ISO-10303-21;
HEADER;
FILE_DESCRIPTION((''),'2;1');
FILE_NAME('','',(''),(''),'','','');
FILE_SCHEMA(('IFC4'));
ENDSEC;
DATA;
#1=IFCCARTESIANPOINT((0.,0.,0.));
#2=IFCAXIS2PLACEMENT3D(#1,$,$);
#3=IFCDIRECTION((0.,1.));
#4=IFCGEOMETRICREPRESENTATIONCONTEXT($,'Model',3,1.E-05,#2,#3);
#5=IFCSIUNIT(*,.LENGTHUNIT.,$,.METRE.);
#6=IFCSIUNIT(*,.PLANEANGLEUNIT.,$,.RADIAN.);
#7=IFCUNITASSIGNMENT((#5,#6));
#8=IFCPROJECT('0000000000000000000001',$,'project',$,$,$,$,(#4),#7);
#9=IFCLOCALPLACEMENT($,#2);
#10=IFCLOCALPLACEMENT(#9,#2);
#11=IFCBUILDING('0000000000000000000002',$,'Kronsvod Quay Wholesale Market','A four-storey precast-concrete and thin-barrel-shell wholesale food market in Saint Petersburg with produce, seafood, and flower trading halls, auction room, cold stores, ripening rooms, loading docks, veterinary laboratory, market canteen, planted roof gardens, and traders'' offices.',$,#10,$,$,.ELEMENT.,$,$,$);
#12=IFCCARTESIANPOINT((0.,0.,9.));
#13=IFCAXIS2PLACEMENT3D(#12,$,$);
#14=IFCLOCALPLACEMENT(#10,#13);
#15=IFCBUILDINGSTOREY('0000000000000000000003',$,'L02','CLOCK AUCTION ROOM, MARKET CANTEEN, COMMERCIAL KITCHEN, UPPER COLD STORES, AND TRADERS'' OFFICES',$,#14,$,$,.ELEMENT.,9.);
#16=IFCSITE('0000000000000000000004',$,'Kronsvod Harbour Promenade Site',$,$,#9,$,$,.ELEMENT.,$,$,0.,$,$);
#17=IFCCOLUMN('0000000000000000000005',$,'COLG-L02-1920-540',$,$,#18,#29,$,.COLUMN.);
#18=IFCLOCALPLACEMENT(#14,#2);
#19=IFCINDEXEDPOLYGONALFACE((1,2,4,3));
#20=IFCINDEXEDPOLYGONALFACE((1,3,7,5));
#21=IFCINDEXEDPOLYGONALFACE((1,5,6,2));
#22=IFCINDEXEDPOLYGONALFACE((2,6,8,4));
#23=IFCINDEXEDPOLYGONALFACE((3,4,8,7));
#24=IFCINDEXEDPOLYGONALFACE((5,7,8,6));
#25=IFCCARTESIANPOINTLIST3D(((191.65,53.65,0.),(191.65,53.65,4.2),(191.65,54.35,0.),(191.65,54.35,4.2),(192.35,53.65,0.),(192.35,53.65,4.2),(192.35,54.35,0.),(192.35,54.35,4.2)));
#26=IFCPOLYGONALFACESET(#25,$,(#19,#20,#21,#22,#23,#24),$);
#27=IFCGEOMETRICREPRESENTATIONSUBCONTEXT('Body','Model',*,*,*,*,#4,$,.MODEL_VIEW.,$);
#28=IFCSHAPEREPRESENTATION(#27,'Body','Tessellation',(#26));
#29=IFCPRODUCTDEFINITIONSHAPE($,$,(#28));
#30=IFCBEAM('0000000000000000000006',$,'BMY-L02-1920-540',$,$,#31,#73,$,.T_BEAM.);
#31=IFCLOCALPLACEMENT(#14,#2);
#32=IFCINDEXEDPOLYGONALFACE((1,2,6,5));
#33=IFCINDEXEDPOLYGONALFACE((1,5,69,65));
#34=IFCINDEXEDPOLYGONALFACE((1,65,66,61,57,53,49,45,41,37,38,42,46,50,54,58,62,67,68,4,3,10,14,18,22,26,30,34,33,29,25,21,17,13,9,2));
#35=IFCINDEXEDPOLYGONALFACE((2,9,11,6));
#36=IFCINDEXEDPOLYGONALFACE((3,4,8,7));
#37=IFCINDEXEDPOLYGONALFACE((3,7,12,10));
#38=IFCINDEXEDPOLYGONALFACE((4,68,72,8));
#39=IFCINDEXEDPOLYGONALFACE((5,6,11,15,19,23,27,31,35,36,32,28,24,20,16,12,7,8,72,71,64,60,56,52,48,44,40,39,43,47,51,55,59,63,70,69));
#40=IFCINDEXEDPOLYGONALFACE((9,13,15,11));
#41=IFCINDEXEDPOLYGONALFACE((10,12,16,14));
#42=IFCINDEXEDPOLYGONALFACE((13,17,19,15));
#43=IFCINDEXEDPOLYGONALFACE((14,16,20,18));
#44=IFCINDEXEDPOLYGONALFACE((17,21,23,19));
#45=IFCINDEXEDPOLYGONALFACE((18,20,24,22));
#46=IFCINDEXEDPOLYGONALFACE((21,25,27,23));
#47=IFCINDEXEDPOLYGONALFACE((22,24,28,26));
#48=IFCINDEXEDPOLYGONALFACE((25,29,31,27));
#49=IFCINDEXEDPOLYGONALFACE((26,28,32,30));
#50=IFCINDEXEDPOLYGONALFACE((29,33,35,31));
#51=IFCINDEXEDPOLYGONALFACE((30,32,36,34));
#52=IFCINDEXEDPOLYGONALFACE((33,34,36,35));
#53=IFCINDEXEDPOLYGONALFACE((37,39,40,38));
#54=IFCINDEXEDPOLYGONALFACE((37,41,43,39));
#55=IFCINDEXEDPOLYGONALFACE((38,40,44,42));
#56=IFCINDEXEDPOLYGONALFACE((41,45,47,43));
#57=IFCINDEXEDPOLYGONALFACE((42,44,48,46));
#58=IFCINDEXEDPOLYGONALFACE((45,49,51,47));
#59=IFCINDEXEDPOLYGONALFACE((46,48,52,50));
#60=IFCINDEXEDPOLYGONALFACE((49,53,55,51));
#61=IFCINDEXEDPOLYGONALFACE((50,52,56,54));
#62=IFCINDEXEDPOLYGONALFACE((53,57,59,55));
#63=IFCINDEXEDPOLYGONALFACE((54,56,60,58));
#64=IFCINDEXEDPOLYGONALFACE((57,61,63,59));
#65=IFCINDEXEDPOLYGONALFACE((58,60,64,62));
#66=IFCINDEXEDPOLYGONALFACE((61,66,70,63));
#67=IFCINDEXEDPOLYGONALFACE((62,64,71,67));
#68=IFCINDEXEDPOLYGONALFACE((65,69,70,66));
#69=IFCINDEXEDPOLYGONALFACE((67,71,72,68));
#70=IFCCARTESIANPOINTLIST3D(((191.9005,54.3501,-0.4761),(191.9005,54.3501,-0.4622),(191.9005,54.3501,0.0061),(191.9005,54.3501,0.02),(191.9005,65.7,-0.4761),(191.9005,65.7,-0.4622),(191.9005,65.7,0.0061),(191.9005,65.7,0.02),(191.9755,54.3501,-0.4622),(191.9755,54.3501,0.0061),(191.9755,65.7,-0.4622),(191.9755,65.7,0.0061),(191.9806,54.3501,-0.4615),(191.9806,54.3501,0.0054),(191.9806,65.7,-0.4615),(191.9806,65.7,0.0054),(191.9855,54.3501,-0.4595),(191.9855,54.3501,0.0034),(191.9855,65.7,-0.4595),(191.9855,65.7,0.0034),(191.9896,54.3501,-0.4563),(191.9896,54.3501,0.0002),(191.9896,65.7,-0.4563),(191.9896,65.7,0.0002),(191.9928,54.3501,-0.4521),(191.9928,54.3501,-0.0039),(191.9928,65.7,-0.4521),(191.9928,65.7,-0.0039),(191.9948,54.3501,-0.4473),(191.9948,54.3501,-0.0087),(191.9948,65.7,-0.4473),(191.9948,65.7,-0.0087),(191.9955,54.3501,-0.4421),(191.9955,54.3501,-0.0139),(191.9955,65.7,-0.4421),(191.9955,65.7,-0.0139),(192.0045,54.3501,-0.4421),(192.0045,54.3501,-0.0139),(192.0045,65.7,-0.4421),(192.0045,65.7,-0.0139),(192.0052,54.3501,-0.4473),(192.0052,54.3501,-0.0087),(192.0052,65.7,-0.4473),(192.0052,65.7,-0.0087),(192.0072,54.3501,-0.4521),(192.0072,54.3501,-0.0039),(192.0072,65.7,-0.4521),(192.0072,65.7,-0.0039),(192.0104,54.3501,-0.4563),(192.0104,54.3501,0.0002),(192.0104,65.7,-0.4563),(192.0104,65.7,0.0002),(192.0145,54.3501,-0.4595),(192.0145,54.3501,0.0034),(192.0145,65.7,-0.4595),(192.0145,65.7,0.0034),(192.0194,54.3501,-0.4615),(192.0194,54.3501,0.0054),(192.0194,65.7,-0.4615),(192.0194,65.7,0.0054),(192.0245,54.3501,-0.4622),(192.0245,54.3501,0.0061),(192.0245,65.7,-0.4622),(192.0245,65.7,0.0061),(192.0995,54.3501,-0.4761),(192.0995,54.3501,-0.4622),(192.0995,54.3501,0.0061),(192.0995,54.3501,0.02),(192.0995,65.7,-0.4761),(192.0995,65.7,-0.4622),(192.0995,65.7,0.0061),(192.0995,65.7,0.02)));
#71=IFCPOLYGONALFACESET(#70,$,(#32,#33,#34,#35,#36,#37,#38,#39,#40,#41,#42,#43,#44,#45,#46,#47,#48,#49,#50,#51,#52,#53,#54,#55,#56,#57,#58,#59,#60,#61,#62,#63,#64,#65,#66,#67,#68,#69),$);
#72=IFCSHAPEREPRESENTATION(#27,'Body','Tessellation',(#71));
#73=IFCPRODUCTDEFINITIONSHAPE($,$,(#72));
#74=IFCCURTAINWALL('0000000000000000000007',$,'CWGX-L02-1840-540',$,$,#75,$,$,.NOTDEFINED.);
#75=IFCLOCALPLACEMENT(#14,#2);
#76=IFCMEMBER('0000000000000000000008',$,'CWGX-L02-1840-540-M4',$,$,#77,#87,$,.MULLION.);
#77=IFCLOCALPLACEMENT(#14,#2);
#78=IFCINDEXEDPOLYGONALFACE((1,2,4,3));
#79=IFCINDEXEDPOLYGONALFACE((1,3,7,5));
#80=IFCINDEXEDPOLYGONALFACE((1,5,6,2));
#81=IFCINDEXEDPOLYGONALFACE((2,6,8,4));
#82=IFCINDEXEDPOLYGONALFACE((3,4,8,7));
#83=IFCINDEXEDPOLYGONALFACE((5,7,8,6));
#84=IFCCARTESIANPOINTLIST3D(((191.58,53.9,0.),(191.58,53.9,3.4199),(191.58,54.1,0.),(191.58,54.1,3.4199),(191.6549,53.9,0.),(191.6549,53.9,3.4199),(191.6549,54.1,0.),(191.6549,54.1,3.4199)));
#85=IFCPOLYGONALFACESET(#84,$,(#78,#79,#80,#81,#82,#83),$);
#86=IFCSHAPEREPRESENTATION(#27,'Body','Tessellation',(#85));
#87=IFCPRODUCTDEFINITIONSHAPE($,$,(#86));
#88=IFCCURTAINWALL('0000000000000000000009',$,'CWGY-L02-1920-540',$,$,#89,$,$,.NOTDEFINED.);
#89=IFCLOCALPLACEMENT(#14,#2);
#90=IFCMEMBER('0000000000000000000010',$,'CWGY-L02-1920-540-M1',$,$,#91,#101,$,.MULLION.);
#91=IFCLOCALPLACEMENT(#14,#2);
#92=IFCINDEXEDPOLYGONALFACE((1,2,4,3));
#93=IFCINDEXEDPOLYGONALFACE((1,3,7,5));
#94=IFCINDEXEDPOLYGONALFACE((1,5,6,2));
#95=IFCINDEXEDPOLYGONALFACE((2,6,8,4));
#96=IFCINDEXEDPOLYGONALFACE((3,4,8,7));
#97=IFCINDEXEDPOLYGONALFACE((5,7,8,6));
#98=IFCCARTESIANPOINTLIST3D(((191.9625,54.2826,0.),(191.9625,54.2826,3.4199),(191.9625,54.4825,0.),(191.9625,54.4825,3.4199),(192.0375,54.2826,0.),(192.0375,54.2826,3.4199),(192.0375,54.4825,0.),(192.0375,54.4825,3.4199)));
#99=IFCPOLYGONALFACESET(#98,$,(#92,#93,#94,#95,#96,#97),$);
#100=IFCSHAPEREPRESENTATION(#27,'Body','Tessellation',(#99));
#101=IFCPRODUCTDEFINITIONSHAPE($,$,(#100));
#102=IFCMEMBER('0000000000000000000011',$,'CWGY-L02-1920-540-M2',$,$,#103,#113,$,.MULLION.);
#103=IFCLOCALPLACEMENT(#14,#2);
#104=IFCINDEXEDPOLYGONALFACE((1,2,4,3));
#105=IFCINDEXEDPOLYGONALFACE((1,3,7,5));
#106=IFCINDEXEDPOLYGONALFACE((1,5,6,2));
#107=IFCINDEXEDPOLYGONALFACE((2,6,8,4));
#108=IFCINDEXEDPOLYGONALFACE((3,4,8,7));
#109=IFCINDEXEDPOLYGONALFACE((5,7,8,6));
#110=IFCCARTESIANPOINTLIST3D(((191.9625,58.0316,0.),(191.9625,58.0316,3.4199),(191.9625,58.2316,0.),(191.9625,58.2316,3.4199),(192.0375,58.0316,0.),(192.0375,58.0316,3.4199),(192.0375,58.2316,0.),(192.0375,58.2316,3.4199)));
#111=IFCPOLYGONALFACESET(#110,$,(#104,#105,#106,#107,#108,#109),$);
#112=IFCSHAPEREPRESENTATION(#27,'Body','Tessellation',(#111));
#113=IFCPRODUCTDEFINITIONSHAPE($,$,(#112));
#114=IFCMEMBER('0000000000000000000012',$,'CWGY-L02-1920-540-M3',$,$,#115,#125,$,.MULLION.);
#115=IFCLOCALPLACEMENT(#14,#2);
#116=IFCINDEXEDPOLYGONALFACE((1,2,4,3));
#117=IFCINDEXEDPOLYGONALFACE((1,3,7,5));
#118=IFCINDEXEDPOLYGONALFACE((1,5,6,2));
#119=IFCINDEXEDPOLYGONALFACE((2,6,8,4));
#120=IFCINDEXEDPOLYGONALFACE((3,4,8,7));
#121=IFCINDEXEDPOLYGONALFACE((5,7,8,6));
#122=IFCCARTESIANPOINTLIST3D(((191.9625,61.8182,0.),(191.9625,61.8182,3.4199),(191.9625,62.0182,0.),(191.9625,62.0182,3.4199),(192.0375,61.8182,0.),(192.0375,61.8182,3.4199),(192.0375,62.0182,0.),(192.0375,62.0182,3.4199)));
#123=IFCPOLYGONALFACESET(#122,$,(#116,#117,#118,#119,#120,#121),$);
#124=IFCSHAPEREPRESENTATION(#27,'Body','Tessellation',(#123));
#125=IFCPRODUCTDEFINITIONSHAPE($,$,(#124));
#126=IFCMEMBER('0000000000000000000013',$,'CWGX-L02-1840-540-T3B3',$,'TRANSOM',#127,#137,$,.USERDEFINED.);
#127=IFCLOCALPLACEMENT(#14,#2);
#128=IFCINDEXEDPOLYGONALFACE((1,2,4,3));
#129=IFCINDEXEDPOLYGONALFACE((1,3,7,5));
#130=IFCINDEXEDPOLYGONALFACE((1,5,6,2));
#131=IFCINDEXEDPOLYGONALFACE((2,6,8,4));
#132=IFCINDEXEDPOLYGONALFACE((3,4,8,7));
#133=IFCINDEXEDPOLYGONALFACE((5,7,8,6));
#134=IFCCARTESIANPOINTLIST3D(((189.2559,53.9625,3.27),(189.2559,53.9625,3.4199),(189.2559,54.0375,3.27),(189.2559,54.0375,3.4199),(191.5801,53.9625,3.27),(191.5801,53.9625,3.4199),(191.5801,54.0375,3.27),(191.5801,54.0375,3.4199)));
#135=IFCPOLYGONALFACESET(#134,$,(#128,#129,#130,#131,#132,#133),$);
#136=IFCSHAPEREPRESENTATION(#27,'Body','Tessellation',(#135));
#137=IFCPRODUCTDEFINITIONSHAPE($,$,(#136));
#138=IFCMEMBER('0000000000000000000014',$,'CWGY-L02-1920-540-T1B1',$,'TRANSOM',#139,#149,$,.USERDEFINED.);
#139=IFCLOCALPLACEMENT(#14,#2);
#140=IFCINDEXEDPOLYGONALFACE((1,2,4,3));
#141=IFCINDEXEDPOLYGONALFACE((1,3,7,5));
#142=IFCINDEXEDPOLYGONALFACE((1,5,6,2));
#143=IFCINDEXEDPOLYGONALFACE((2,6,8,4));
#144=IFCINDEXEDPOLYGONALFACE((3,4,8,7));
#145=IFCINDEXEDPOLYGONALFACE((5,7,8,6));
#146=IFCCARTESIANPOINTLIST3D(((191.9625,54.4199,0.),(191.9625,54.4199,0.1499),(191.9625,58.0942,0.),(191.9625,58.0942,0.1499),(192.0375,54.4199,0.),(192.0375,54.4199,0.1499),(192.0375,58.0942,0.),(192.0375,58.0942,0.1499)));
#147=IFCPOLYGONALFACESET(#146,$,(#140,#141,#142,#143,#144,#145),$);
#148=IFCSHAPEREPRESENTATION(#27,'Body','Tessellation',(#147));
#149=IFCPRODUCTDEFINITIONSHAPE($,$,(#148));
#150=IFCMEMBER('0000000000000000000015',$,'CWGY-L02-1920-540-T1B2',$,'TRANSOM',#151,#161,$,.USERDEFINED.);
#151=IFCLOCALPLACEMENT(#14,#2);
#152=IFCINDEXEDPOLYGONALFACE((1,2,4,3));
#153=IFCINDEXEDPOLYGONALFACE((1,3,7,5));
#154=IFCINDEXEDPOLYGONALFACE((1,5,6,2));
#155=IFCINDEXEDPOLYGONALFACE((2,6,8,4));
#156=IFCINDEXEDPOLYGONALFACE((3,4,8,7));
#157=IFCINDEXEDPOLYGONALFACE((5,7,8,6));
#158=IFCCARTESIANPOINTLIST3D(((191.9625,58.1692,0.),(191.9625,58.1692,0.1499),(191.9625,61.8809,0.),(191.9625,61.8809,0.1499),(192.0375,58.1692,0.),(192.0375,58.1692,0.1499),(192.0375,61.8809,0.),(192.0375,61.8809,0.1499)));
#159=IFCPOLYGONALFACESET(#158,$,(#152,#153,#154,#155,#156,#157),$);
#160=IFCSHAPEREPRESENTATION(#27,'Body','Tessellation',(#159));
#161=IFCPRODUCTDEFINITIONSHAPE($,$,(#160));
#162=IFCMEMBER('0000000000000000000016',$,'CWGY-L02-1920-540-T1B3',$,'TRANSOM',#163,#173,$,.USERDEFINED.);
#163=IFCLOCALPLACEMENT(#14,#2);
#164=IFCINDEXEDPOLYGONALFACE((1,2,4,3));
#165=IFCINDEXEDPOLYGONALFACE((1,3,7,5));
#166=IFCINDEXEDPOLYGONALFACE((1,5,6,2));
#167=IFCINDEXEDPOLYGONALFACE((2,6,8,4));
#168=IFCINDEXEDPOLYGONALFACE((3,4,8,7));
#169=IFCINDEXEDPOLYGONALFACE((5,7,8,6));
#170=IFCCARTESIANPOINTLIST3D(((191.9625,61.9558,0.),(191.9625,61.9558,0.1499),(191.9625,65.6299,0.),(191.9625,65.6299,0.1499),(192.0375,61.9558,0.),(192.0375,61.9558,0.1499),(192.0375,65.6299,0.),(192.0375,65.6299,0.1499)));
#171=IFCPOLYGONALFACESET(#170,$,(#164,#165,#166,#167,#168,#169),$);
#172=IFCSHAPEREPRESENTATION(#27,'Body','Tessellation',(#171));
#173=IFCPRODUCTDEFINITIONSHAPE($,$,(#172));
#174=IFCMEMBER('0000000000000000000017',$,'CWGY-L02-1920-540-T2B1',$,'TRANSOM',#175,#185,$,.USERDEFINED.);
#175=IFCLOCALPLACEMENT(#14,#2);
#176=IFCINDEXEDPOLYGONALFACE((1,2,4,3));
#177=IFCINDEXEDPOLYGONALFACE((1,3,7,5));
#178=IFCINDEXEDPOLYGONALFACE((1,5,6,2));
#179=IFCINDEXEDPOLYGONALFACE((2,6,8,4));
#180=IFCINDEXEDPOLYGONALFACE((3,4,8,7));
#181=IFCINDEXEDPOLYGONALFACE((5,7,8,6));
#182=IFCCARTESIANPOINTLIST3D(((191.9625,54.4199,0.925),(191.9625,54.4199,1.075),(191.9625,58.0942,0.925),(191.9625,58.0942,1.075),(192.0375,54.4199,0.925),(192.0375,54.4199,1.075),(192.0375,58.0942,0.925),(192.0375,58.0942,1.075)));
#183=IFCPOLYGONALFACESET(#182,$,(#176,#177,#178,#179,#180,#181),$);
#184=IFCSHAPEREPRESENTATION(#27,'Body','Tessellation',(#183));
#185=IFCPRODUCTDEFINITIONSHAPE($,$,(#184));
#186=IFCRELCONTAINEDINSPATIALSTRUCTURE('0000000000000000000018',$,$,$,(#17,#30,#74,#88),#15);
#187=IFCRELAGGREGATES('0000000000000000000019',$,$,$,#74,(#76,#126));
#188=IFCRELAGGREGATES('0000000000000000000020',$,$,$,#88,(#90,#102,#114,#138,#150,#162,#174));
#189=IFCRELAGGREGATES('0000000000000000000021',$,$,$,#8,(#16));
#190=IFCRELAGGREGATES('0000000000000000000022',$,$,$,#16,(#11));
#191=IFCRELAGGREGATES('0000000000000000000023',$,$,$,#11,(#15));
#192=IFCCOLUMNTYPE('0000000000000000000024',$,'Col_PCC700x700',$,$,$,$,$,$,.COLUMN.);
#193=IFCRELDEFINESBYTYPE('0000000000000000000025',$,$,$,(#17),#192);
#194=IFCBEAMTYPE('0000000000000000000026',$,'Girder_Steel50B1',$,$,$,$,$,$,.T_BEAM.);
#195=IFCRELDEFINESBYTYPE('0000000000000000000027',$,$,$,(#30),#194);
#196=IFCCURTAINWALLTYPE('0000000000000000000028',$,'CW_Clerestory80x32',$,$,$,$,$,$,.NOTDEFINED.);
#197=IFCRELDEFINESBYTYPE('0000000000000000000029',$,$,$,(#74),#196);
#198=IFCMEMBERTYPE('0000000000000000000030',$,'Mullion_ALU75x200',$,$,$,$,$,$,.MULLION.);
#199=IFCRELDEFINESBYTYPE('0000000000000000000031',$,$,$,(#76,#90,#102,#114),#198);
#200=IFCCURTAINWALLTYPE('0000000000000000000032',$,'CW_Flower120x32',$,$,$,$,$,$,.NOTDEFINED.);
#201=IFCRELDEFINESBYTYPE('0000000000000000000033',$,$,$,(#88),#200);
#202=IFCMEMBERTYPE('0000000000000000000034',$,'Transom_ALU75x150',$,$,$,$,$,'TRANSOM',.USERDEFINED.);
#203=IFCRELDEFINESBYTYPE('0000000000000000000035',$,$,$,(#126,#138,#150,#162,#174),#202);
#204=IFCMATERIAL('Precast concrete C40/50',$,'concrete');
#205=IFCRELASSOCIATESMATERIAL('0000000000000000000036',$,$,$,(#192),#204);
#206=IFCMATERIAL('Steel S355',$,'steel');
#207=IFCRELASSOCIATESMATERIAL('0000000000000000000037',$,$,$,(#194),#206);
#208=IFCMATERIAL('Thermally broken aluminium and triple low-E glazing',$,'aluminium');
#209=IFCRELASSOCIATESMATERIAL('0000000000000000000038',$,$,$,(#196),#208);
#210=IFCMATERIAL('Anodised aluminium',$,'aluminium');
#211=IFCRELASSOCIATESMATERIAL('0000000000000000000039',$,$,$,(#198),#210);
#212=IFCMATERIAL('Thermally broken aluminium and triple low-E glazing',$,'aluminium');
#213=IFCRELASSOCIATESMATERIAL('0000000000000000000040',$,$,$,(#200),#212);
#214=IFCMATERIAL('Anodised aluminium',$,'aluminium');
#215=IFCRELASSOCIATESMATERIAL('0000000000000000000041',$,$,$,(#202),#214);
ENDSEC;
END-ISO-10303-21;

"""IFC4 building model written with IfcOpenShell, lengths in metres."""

from ifc_helpers import new_model, si_unit, direction, frame, origin, origin_2d, place, context, subcontext, project, spatial, rectangle, i_section, extrude, material, material_profile, profile_set, type_object, element, aggregate, save


model = new_model("IFC4")

# Units and contexts
model_context = context("Model", 3, precision=1e-05, world=origin(), true_north=direction((0.0, 1.0)))
body_context = subcontext(model_context, "Body", "Model", "MODEL_VIEW")
ifc_project = project(units=[si_unit("LENGTHUNIT", "METRE"), si_unit("PLANEANGLEUNIT", "RADIAN")], contexts=[model_context])

# Site, building, storey
site_placement = place(None, origin())
site = spatial("IfcSite", under=ifc_project, at=site_placement, Name="Kronsvod Harbour Promenade Site", CompositionType="ELEMENT", RefElevation=0.0)
building_placement = place(site_placement, origin())
building = spatial("IfcBuilding", under=site, at=building_placement, Name="Kronsvod Quay Wholesale Market", Description="A four-storey precast-concrete and thin-barrel-shell wholesale food market in Saint Petersburg with produce, seafood, and flower trading halls, auction room, cold stores, ripening rooms, loading docks, veterinary laboratory, market canteen, planted roof gardens, and traders' offices.", CompositionType="ELEMENT")
storey_placement = place(building_placement, frame((0.0, 0.0, 9.0)))
storey = spatial("IfcBuildingStorey", under=building, at=storey_placement, Name="L02", Description="CLOCK AUCTION ROOM, MARKET CANTEEN, COMMERCIAL KITCHEN, UPPER COLD STORES, AND TRADERS' OFFICES", CompositionType="ELEMENT", Elevation=9.0)

# Column
ifc_material_1 = material(Name="Precast concrete C40/50", Category="concrete")
ifc_material_profile_1 = material_profile(ifc_material_1, rectangle(XDim=0.7, YDim=0.7, at=origin_2d()), Name="PCC700x700")
ifc_profile_set_1 = profile_set([ifc_material_profile_1], Name="Precast concrete C40/50")
column_type = type_object("IfcColumnType", Name="Col_PCC700x700", PredefinedType="COLUMN", material=ifc_profile_set_1)
column_placement = place(storey_placement, frame((192.0, 54.0, 0.0), z_axis=(0.0, 0.0, 1.0), x_axis=(1.0, 0.0, 0.0)))
element("IfcColumn", 1, at=column_placement, inside=storey, type_object=column_type, Name="COLG-L02-1920-540", PredefinedType="COLUMN", context=body_context, shape_type="SweptSolid", body=[
    extrude(rectangle(XDim=0.7, YDim=0.7, at=origin_2d()), origin(), (0.0, 0.0, 1.0), 4.2),
])

# Beam
ifc_material_2 = material(Name="Steel S355", Category="steel")
ifc_material_profile_2 = material_profile(ifc_material_2, i_section(OverallWidth=0.199, OverallDepth=0.4961, WebThickness=0.009, FlangeThickness=0.0139, FilletRadius=0.02, at=origin_2d()), Name="50B1")
ifc_profile_set_2 = profile_set([ifc_material_profile_2], Name="Steel S355")
beam_type = type_object("IfcBeamType", Name="Girder_Steel50B1", PredefinedType="T_BEAM", material=ifc_profile_set_2)
beam_placement = place(storey_placement, frame((192.0, 54.3501, -0.228), z_axis=(0.0, 1.0, 0.0), x_axis=(-1.0, 0.0, 0.0)))
element("IfcBeam", 2, at=beam_placement, inside=storey, type_object=beam_type, Name="BMY-L02-1920-540", PredefinedType="T_BEAM", context=body_context, shape_type="SweptSolid", body=[
    extrude(i_section(OverallWidth=0.199, OverallDepth=0.4961, WebThickness=0.009, FlangeThickness=0.0139, FilletRadius=0.02, at=origin_2d()), origin(), (0.0, 0.0, 1.0), 11.3499),
])

# Curtain wall, member
ifc_material_3 = material(Name="Thermally broken aluminium and triple low-E glazing", Category="aluminium")
curtain_wall_type_1 = type_object("IfcCurtainWallType", Name="CW_Clerestory80x32", PredefinedType="NOTDEFINED", material=ifc_material_3)
curtain_wall_1_placement = place(storey_placement, origin())
curtain_wall_1 = element("IfcCurtainWall", 3, at=curtain_wall_1_placement, inside=storey, type_object=curtain_wall_type_1, Name="CWGX-L02-1840-540", PredefinedType="NOTDEFINED")
ifc_material_4 = material(Name="Anodised aluminium", Category="aluminium")
ifc_material_profile_3 = material_profile(ifc_material_4, rectangle(XDim=0.075, YDim=0.2, at=origin_2d()), Name="ALUM75x200")
ifc_profile_set_3 = profile_set([ifc_material_profile_3], Name="Anodised aluminium")
member_type_1 = type_object("IfcMemberType", Name="Mullion_ALU75x200", PredefinedType="MULLION", material=ifc_profile_set_3)
member_1_placement = place(storey_placement, frame((191.6174, 54.0, 0.0), z_axis=(0.0, 0.0, 1.0), x_axis=(1.0, 0.0, 0.0)))
member_1 = element("IfcMember", 4, at=member_1_placement, type_object=member_type_1, Name="CWGX-L02-1840-540-M4", PredefinedType="MULLION", context=body_context, shape_type="SweptSolid", body=[
    extrude(rectangle(XDim=0.075, YDim=0.2, at=origin_2d()), origin(), (0.0, 0.0, 1.0), 3.4199),
])

# Curtain wall, members
ifc_material_5 = material(Name="Thermally broken aluminium and triple low-E glazing", Category="aluminium")
curtain_wall_type_2 = type_object("IfcCurtainWallType", Name="CW_Flower120x32", PredefinedType="NOTDEFINED", material=ifc_material_5)
curtain_wall_2_placement = place(storey_placement, origin())
curtain_wall_2 = element("IfcCurtainWall", 5, at=curtain_wall_2_placement, inside=storey, type_object=curtain_wall_type_2, Name="CWGY-L02-1920-540", PredefinedType="NOTDEFINED")
member_2_placement = place(storey_placement, frame((192.0, 54.3826, 0.0), z_axis=(0.0, 0.0, 1.0), x_axis=(1.0, 0.0, 0.0)))
member_2 = element("IfcMember", 6, at=member_2_placement, type_object=member_type_1, Name="CWGY-L02-1920-540-M1", PredefinedType="MULLION", context=body_context, shape_type="SweptSolid", body=[
    extrude(rectangle(XDim=0.075, YDim=0.2, at=origin_2d()), origin(), (0.0, 0.0, 1.0), 3.4199),
])
member_3_placement = place(storey_placement, frame((192.0, 58.1316, 0.0), z_axis=(0.0, 0.0, 1.0), x_axis=(1.0, 0.0, 0.0)))
member_3 = element("IfcMember", 7, at=member_3_placement, type_object=member_type_1, Name="CWGY-L02-1920-540-M2", PredefinedType="MULLION", context=body_context, shape_type="SweptSolid", body=[
    extrude(rectangle(XDim=0.075, YDim=0.2, at=origin_2d()), origin(), (0.0, 0.0, 1.0), 3.4199),
])
member_4_placement = place(storey_placement, frame((192.0, 61.9182, 0.0), z_axis=(0.0, 0.0, 1.0), x_axis=(1.0, 0.0, 0.0)))
member_4 = element("IfcMember", 8, at=member_4_placement, type_object=member_type_1, Name="CWGY-L02-1920-540-M3", PredefinedType="MULLION", context=body_context, shape_type="SweptSolid", body=[
    extrude(rectangle(XDim=0.075, YDim=0.2, at=origin_2d()), origin(), (0.0, 0.0, 1.0), 3.4199),
])

# Members
ifc_material_6 = material(Name="Anodised aluminium", Category="aluminium")
ifc_material_profile_4 = material_profile(ifc_material_6, rectangle(XDim=0.075, YDim=0.1499, at=origin_2d()), Name="ALUT75x150")
ifc_profile_set_4 = profile_set([ifc_material_profile_4], Name="Anodised aluminium")
member_type_2 = type_object("IfcMemberType", Name="Transom_ALU75x150", ElementType="TRANSOM", PredefinedType="USERDEFINED", material=ifc_profile_set_4)
member_5_placement = place(storey_placement, frame((189.2559, 54.0, 3.345), z_axis=(1.0, 0.0, 0.0), x_axis=(0.0, 1.0, 0.0)))
member_5 = element("IfcMember", 9, at=member_5_placement, type_object=member_type_2, Name="CWGX-L02-1840-540-T3B3", ObjectType="TRANSOM", PredefinedType="USERDEFINED", context=body_context, shape_type="SweptSolid", body=[
    extrude(rectangle(XDim=0.075, YDim=0.1499, at=origin_2d()), origin(), (0.0, 0.0, 1.0), 2.3242),
])
member_6_placement = place(storey_placement, frame((192.0, 54.4199, 0.075), z_axis=(0.0, 1.0, 0.0), x_axis=(-1.0, 0.0, 0.0)))
member_6 = element("IfcMember", 10, at=member_6_placement, type_object=member_type_2, Name="CWGY-L02-1920-540-T1B1", ObjectType="TRANSOM", PredefinedType="USERDEFINED", context=body_context, shape_type="SweptSolid", body=[
    extrude(rectangle(XDim=0.075, YDim=0.1499, at=origin_2d()), origin(), (0.0, 0.0, 1.0), 3.6743),
])
member_7_placement = place(storey_placement, frame((192.0, 58.1692, 0.075), z_axis=(0.0, 1.0, 0.0), x_axis=(-1.0, 0.0, 0.0)))
member_7 = element("IfcMember", 11, at=member_7_placement, type_object=member_type_2, Name="CWGY-L02-1920-540-T1B2", ObjectType="TRANSOM", PredefinedType="USERDEFINED", context=body_context, shape_type="SweptSolid", body=[
    extrude(rectangle(XDim=0.075, YDim=0.1499, at=origin_2d()), origin(), (0.0, 0.0, 1.0), 3.7117),
])
member_8_placement = place(storey_placement, frame((192.0, 61.9558, 0.075), z_axis=(0.0, 1.0, 0.0), x_axis=(-1.0, 0.0, 0.0)))
member_8 = element("IfcMember", 12, at=member_8_placement, type_object=member_type_2, Name="CWGY-L02-1920-540-T1B3", ObjectType="TRANSOM", PredefinedType="USERDEFINED", context=body_context, shape_type="SweptSolid", body=[
    extrude(rectangle(XDim=0.075, YDim=0.1499, at=origin_2d()), origin(), (0.0, 0.0, 1.0), 3.6741),
])
member_9_placement = place(storey_placement, frame((192.0, 54.4199, 1.0), z_axis=(0.0, 1.0, 0.0), x_axis=(-1.0, 0.0, 0.0)))
member_9 = element("IfcMember", 13, at=member_9_placement, type_object=member_type_2, Name="CWGY-L02-1920-540-T2B1", ObjectType="TRANSOM", PredefinedType="USERDEFINED", context=body_context, shape_type="SweptSolid", body=[
    extrude(rectangle(XDim=0.075, YDim=0.1499, at=origin_2d()), origin(), (0.0, 0.0, 1.0), 3.6743),
])

aggregate(curtain_wall_1, [member_1, member_5])
aggregate(curtain_wall_2, [member_2, member_3, member_4, member_6, member_7, member_8, member_9])

save(model, "model.ifc")
